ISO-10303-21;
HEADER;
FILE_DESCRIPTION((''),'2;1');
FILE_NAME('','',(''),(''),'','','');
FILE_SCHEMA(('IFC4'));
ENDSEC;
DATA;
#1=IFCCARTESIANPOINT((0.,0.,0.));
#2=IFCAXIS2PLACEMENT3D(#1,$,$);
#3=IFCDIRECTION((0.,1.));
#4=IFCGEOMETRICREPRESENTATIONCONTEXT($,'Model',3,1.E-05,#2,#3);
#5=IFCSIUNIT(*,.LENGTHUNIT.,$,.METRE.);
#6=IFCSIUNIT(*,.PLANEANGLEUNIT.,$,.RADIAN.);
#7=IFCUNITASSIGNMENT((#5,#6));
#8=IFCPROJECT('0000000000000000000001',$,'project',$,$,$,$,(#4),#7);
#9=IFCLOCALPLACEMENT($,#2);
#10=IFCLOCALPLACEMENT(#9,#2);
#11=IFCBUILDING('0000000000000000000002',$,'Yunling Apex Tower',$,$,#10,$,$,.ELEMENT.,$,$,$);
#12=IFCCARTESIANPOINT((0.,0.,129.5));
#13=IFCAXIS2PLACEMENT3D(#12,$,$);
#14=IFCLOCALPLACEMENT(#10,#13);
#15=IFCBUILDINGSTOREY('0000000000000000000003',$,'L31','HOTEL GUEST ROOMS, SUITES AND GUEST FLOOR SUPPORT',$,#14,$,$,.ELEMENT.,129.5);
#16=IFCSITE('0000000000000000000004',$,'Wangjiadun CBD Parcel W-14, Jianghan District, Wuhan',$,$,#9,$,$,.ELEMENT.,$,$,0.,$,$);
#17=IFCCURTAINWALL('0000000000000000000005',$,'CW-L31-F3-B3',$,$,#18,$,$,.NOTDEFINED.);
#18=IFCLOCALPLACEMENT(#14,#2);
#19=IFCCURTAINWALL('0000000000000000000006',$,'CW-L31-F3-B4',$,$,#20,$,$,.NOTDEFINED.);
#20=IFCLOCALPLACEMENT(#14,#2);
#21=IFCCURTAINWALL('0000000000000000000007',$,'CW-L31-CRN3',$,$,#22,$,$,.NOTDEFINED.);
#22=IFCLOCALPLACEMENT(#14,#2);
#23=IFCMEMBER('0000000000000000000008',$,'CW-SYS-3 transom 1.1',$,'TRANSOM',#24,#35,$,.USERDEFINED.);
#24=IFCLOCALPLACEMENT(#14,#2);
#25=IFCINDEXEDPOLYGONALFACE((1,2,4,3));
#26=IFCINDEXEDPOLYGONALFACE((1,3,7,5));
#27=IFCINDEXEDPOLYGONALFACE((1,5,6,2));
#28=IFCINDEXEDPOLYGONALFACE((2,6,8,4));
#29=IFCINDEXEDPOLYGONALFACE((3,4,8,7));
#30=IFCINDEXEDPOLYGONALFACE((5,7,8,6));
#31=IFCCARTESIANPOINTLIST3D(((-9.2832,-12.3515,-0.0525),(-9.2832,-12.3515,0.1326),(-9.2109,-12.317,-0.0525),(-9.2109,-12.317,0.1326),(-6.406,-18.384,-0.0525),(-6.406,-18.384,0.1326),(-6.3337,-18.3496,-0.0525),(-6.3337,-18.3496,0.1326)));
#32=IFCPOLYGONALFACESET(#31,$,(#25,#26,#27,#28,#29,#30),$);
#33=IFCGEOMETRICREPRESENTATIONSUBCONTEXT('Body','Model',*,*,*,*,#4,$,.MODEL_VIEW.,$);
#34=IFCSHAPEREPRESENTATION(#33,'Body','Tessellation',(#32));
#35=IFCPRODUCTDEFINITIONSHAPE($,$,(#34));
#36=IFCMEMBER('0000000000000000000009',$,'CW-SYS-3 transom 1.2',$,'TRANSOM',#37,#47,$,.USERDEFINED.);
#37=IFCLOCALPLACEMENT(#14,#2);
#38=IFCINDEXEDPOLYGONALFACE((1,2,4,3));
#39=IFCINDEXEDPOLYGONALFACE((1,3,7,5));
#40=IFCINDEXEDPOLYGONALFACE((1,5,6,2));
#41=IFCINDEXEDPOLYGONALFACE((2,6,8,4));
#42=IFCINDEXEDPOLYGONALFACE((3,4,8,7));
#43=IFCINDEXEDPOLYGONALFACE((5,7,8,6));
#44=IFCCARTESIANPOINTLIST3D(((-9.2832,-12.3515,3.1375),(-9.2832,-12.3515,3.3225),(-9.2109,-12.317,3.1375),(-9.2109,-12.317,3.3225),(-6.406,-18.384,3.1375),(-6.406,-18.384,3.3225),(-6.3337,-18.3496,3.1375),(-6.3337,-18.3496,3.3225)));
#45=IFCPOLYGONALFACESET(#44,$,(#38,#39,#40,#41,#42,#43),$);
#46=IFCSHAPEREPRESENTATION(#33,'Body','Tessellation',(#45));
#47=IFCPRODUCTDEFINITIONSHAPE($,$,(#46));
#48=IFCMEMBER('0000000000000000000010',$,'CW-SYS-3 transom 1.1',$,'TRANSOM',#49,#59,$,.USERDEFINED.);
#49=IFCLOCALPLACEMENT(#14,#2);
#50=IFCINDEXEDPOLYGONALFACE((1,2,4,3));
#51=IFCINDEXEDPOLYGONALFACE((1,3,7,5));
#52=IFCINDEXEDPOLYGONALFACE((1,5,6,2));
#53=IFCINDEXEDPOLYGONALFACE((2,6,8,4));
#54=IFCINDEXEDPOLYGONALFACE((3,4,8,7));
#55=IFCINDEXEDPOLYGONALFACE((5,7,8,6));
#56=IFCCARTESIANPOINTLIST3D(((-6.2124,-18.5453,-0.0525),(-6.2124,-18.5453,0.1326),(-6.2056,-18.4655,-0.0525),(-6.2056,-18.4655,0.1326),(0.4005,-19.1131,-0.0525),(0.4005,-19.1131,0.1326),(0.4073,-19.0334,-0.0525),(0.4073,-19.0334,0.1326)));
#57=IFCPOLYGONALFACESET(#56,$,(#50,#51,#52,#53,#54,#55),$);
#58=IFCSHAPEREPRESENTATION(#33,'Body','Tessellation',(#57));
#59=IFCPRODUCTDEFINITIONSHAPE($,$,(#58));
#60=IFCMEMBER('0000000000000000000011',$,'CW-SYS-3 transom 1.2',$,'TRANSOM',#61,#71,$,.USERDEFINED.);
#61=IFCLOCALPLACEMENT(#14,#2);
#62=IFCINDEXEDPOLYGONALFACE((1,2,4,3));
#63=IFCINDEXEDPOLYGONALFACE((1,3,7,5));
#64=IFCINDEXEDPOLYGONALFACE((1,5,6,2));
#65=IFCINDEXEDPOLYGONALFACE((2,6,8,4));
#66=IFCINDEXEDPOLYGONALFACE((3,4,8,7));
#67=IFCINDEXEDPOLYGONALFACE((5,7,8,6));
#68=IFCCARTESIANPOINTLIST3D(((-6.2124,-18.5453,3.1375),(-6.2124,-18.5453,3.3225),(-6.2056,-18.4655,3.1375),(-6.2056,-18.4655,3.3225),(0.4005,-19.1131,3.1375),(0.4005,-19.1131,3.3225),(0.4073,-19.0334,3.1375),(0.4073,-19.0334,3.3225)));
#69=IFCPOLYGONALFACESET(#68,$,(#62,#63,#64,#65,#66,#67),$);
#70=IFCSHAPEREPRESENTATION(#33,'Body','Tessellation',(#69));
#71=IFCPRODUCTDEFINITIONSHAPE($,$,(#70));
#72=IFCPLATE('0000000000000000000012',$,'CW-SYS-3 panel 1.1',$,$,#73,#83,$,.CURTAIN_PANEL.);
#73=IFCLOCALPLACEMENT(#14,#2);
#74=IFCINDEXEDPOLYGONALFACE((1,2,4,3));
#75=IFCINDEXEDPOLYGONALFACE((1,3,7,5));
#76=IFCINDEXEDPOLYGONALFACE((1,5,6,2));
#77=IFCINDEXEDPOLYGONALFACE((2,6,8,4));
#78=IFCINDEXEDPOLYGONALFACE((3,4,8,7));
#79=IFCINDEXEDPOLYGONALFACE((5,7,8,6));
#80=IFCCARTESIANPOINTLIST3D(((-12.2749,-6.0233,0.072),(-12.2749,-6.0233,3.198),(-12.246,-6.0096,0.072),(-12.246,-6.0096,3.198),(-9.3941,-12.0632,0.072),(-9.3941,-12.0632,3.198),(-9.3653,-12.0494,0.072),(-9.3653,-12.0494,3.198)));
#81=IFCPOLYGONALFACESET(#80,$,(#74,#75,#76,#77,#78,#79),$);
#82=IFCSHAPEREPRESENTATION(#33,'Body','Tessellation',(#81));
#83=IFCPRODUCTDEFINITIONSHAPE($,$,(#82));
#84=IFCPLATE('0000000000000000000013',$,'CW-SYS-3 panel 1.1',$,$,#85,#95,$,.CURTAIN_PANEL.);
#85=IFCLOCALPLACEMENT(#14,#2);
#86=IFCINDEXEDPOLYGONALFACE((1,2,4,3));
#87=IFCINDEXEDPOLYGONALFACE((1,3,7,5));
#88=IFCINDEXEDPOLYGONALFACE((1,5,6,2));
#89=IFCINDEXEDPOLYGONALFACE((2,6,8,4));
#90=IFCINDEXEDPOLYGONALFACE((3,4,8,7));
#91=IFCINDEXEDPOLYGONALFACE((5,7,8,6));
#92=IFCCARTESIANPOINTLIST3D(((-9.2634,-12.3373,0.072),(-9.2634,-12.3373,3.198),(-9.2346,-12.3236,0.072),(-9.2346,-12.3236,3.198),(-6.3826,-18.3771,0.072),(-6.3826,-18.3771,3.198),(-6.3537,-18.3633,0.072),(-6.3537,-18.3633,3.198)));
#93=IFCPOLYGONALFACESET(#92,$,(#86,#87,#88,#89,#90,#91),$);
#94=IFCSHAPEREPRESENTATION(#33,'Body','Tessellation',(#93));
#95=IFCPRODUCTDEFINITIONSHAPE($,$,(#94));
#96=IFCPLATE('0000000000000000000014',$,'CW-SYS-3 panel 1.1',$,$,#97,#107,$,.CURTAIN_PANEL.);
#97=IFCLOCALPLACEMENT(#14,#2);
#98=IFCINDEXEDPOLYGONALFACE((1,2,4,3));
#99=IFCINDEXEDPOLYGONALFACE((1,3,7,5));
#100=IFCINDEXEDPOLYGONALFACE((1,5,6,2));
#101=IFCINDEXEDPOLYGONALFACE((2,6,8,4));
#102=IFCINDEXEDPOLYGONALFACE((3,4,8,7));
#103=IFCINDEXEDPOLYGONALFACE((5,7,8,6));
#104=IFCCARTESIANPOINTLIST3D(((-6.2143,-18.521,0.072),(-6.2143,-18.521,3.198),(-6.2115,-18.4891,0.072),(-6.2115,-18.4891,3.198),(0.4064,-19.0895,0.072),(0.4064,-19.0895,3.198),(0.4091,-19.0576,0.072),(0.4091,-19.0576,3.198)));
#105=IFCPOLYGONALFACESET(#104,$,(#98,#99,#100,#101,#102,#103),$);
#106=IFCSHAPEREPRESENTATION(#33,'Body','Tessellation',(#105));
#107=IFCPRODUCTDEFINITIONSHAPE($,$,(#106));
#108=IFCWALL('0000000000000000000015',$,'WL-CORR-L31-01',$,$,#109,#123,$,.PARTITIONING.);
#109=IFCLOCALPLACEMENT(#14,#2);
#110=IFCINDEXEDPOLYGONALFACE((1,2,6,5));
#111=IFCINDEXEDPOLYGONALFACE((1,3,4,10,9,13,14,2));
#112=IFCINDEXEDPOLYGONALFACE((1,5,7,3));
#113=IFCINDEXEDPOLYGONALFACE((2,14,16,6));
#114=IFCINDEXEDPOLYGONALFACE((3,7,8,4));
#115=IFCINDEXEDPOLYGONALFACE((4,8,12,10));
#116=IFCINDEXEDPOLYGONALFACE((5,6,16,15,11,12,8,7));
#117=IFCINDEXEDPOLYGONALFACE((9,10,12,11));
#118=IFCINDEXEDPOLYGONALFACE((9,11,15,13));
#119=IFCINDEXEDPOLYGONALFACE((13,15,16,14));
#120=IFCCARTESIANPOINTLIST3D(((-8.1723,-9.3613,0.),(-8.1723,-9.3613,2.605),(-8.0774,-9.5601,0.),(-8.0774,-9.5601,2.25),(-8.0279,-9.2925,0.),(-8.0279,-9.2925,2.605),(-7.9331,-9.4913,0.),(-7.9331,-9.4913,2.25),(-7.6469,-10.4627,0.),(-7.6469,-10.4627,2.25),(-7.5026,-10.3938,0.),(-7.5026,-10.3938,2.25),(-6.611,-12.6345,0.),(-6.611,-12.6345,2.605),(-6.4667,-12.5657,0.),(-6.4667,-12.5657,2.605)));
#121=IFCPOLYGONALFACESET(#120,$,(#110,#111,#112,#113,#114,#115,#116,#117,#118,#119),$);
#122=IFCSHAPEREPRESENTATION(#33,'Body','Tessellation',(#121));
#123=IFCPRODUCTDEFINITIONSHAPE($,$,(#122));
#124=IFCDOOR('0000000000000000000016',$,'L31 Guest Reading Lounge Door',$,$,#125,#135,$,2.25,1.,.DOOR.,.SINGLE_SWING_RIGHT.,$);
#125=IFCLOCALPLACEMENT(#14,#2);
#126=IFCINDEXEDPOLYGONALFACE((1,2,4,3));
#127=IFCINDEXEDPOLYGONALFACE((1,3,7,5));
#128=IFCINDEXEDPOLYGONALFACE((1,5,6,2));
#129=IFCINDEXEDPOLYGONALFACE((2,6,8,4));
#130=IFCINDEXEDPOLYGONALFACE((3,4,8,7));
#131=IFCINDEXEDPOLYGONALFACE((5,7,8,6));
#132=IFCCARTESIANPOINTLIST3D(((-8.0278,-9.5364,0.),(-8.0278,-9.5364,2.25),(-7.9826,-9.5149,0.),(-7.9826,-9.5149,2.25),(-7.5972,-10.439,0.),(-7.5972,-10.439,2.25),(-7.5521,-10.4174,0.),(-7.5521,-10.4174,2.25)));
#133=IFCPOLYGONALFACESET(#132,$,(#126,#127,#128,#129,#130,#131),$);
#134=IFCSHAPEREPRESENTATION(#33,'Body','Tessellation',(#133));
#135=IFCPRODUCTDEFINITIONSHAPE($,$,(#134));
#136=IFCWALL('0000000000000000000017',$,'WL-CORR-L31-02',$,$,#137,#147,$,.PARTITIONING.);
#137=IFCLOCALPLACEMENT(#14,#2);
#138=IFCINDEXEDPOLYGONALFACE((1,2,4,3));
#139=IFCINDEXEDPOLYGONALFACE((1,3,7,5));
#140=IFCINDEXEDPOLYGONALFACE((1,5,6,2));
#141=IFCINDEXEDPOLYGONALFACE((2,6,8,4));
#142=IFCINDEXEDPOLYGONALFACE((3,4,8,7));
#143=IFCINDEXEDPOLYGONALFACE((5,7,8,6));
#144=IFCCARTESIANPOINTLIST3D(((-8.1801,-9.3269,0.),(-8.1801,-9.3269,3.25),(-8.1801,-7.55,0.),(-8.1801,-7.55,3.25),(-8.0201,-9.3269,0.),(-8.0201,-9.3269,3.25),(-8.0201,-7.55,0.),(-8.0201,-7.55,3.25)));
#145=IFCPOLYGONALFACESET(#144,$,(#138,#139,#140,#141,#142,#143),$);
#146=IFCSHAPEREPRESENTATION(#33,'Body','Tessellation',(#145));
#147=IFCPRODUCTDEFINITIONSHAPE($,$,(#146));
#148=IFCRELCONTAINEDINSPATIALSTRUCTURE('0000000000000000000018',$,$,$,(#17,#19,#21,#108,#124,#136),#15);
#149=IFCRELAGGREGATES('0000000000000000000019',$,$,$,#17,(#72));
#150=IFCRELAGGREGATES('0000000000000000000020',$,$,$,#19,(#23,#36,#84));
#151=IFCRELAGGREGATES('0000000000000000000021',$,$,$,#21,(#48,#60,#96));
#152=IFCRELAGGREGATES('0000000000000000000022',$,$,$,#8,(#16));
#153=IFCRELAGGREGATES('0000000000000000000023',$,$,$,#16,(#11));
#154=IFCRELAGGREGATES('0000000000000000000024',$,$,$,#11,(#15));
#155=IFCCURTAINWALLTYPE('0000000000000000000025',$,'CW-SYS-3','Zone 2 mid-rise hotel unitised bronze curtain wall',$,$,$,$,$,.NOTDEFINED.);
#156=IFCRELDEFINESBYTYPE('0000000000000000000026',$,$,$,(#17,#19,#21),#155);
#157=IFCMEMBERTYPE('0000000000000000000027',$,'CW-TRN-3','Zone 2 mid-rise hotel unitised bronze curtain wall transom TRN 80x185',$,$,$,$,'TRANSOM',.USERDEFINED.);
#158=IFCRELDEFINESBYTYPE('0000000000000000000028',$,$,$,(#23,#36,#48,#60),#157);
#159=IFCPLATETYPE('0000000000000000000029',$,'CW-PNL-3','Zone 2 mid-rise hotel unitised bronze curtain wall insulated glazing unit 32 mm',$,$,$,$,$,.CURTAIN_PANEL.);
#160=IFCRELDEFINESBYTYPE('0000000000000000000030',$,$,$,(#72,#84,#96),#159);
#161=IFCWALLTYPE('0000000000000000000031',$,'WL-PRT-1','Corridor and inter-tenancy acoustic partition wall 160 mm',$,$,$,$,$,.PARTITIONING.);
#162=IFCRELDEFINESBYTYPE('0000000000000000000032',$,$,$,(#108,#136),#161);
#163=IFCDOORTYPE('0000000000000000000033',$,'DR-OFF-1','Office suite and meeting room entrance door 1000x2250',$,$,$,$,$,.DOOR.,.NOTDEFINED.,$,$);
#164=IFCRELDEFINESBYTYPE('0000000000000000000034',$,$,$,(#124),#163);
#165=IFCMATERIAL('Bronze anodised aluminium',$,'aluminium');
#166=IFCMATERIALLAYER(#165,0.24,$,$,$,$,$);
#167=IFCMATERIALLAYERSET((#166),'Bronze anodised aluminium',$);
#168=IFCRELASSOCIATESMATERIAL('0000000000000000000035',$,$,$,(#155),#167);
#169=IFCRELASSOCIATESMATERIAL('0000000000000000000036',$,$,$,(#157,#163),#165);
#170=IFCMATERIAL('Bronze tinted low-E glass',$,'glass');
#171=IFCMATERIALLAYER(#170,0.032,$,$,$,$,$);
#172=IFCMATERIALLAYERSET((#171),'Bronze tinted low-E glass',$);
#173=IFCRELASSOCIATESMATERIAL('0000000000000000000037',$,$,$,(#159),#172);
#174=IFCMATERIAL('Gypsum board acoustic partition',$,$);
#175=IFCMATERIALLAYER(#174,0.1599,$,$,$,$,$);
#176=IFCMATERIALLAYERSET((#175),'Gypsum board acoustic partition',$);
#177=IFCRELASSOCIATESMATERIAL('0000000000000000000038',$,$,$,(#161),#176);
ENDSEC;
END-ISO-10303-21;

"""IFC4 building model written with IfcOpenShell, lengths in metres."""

from ifc_helpers import new_model, si_unit, direction, frame, frame_2d, origin, origin_2d, place, context, subcontext, project, spatial, rectangle, extrude, source, transform, mapped, material, layer, layer_set, material_profile, profile_set, type_object, element, fill, aggregate, save


model = new_model("IFC4")

# Units and contexts
model_context = context("Model", 3, precision=1e-05, world=origin(), true_north=direction((0.0, 1.0)))
body_context = subcontext(model_context, "Body", "Model", "MODEL_VIEW")
ifc_project = project(units=[si_unit("LENGTHUNIT", "METRE"), si_unit("PLANEANGLEUNIT", "RADIAN")], contexts=[model_context])

# Site, building, storey
site_placement = place(None, origin())
site = spatial("IfcSite", under=ifc_project, at=site_placement, Name="Wangjiadun CBD Parcel W-14, Jianghan District, Wuhan", CompositionType="ELEMENT", RefElevation=0.0)
building_placement = place(site_placement, origin())
building = spatial("IfcBuilding", under=site, at=building_placement, Name="Yunling Apex Tower", CompositionType="ELEMENT")
storey_placement = place(building_placement, frame((0.0, 0.0, 129.5)))
storey = spatial("IfcBuildingStorey", under=building, at=storey_placement, Name="L31", Description="HOTEL GUEST ROOMS, SUITES AND GUEST FLOOR SUPPORT", CompositionType="ELEMENT", Elevation=129.5)

# Curtain walls
ifc_material_1 = material(Name="Bronze anodised aluminium", Category="aluminium")
ifc_layer_1 = layer(ifc_material_1, 0.24)
ifc_layer_set_1 = layer_set([ifc_layer_1], Name="Bronze anodised aluminium")
curtain_wall_type = type_object("IfcCurtainWallType", Name="CW-SYS-3", Description="Zone 2 mid-rise hotel unitised bronze curtain wall", PredefinedType="NOTDEFINED", material=ifc_layer_set_1)
curtain_wall_1_placement = place(storey_placement, origin())
curtain_wall_1 = element("IfcCurtainWall", 1, at=curtain_wall_1_placement, inside=storey, type_object=curtain_wall_type, Name="CW-L31-F3-B3", PredefinedType="NOTDEFINED")
curtain_wall_2_placement = place(storey_placement, origin())
curtain_wall_2 = element("IfcCurtainWall", 2, at=curtain_wall_2_placement, inside=storey, type_object=curtain_wall_type, Name="CW-L31-F3-B4", PredefinedType="NOTDEFINED")

# Curtain wall
curtain_wall_3_placement = place(storey_placement, origin())
curtain_wall_3 = element("IfcCurtainWall", 3, at=curtain_wall_3_placement, inside=storey, type_object=curtain_wall_type, Name="CW-L31-CRN3", PredefinedType="NOTDEFINED")

# Members
ifc_material_profile_1 = material_profile(ifc_material_1, rectangle(XDim=0.0801, YDim=0.1851, at=origin_2d()))
ifc_profile_set_1 = profile_set([ifc_material_profile_1], Name="Bronze anodised aluminium")
member_type_1 = type_object("IfcMemberType", Name="CW-TRN-3", Description="Zone 2 mid-rise hotel unitised bronze curtain wall transom TRN 80x185", ElementType="TRANSOM", PredefinedType="USERDEFINED", material=ifc_profile_set_1)
shared_shape_1 = source(origin(), body_context, "Body", "SweptSolid", [
    extrude(rectangle(XDim=0.0801, YDim=0.1851, at=origin_2d()), origin(), (0.0, 0.0, 1.0), 6.6836),
])
member_1_placement = place(storey_placement, frame((-9.2471, -12.3342, 0.04), z_axis=(0.430494, -0.902594, 0.0), x_axis=(0.902594, 0.430494, 0.0)))
member_1 = element("IfcMember", 4, at=member_1_placement, type_object=member_type_1, Name="CW-SYS-3 transom 1.1", ObjectType="TRANSOM", PredefinedType="USERDEFINED", context=body_context, shape_type="MappedRepresentation", body=[
    mapped(shared_shape_1, transform((0.0, 0.0, 0.0), scale=1.0)),
])
member_2_placement = place(storey_placement, frame((-9.2471, -12.3342, 3.23), z_axis=(0.430494, -0.902594, 0.0), x_axis=(0.902594, 0.430494, 0.0)))
member_2 = element("IfcMember", 5, at=member_2_placement, type_object=member_type_1, Name="CW-SYS-3 transom 1.2", ObjectType="TRANSOM", PredefinedType="USERDEFINED", context=body_context, shape_type="MappedRepresentation", body=[
    mapped(shared_shape_1, transform((0.0, 0.0, 0.0), scale=1.0)),
])
shared_shape_2 = source(origin(), body_context, "Body", "SweptSolid", [
    extrude(rectangle(XDim=0.0801, YDim=0.1851, at=origin_2d()), origin(), (0.0, 0.0, 1.0), 6.6372),
])
member_3_placement = place(storey_placement, frame((-6.209, -18.5054, 0.04), z_axis=(0.996333, -0.08556, 0.0), x_axis=(0.08556, 0.996333, 0.0)))
member_3 = element("IfcMember", 6, at=member_3_placement, type_object=member_type_1, Name="CW-SYS-3 transom 1.1", ObjectType="TRANSOM", PredefinedType="USERDEFINED", context=body_context, shape_type="MappedRepresentation", body=[
    mapped(shared_shape_2, transform((0.0, 0.0, 0.0), scale=1.0)),
])
member_4_placement = place(storey_placement, frame((-6.209, -18.5054, 3.23), z_axis=(0.996333, -0.08556, 0.0), x_axis=(0.08556, 0.996333, 0.0)))
member_4 = element("IfcMember", 7, at=member_4_placement, type_object=member_type_1, Name="CW-SYS-3 transom 1.2", ObjectType="TRANSOM", PredefinedType="USERDEFINED", context=body_context, shape_type="MappedRepresentation", body=[
    mapped(shared_shape_2, transform((0.0, 0.0, 0.0), scale=1.0)),
])

# Plates
ifc_material_2 = material(Name="Bronze tinted low-E glass", Category="glass")
ifc_layer_2 = layer(ifc_material_2, 0.032)
ifc_layer_set_2 = layer_set([ifc_layer_2], Name="Bronze tinted low-E glass")
plate_type = type_object("IfcPlateType", Name="CW-PNL-3", Description="Zone 2 mid-rise hotel unitised bronze curtain wall insulated glazing unit 32 mm", PredefinedType="CURTAIN_PANEL", material=ifc_layer_set_2)
shared_shape_3 = source(origin(), body_context, "Body", "SweptSolid", [
    extrude(rectangle(XDim=6.6917, YDim=0.032, at=origin_2d()), origin(), (0.0, 0.0, 1.0), 3.126),
])
plate_1_placement = place(storey_placement, frame((-10.8201, -9.0364, 0.072), z_axis=(0.0, 0.0, 1.0), x_axis=(0.430494, -0.902593, 0.0)))
plate_1 = element("IfcPlate", 8, at=plate_1_placement, type_object=plate_type, Name="CW-SYS-3 panel 1.1", PredefinedType="CURTAIN_PANEL", context=body_context, shape_type="MappedRepresentation", body=[
    mapped(shared_shape_3, transform((0.0, 0.0, 0.0), scale=1.0)),
])
aggregate(curtain_wall_1, [plate_1])
plate_2_placement = place(storey_placement, frame((-7.8086, -15.3503, 0.072), z_axis=(0.0, 0.0, 1.0), x_axis=(0.430512, -0.902585, 0.0)))
plate_2 = element("IfcPlate", 9, at=plate_2_placement, type_object=plate_type, Name="CW-SYS-3 panel 1.1", PredefinedType="CURTAIN_PANEL", context=body_context, shape_type="MappedRepresentation", body=[
    mapped(shared_shape_3, transform((0.0, 0.0, 0.0), scale=1.0)),
])
aggregate(curtain_wall_2, [member_1, member_2, plate_2])
shared_shape_4 = source(origin(), body_context, "Body", "SweptSolid", [
    extrude(rectangle(XDim=6.645, YDim=0.032, at=origin_2d()), origin(), (0.0, 0.0, 1.0), 3.126),
])
plate_3_placement = place(storey_placement, frame((-2.9026, -18.7893, 0.072), z_axis=(0.0, 0.0, 1.0), x_axis=(0.996334, -0.08555, 0.0)))
plate_3 = element("IfcPlate", 10, at=plate_3_placement, type_object=plate_type, Name="CW-SYS-3 panel 1.1", PredefinedType="CURTAIN_PANEL", context=body_context, shape_type="MappedRepresentation", body=[
    mapped(shared_shape_4, transform((0.0, 0.0, 0.0), scale=1.0)),
])
aggregate(curtain_wall_3, [member_3, member_4, plate_3])

# Wall, opening, door
ifc_material_3 = material(Name="Gypsum board acoustic partition")
ifc_layer_3 = layer(ifc_material_3, 0.1599)
ifc_layer_set_3 = layer_set([ifc_layer_3], Name="Gypsum board acoustic partition")
wall_type_1 = type_object("IfcWallType", Name="WL-PRT-1", Description="Corridor and inter-tenancy acoustic partition wall 160 mm", PredefinedType="PARTITIONING", material=ifc_layer_set_3)
wall_1_placement = place(storey_placement, frame((-6.5388, -12.6001, 0.0), z_axis=(0.0, 0.0, 1.0), x_axis=(-0.430521, 0.90258, 0.0)))
wall_1 = element("IfcWall", 11, at=wall_1_placement, inside=storey, type_object=wall_type_1, Name="WL-CORR-L31-01", PredefinedType="PARTITIONING", context=body_context, shape_type="SweptSolid", body=[
    extrude(rectangle(XDim=3.6265, YDim=0.1599, at=frame_2d((1.8132, 0.0))), origin(), (0.0, 0.0, 1.0), 2.605),
])
opening_1_placement = place(wall_1_placement, frame((2.4062, 0.0, 0.0)))
opening_1 = element("IfcOpeningElement", 12, at=opening_1_placement, cuts=wall_1, PredefinedType="OPENING", context=body_context, shape_type="SweptSolid", body=[
    extrude(rectangle(XDim=1.0, YDim=2.25, at=frame_2d((0.5, 1.125))), frame((0.0, 0.0898, 0.0), z_axis=(0.0, -1.0, 0.0), x_axis=(1.0, 0.0, 0.0)), (0.0, 0.0, 1.0), 0.1799),
])
door_type_1 = type_object("IfcDoorType", Name="DR-OFF-1", Description="Office suite and meeting room entrance door 1000x2250", OperationType="NOTDEFINED", PredefinedType="DOOR", material=ifc_material_1)
door_1_placement = place(opening_1_placement, origin())
door_1 = element("IfcDoor", 13, at=door_1_placement, inside=storey, type_object=door_type_1, Name="L31 Guest Reading Lounge Door", OperationType="SINGLE_SWING_RIGHT", OverallHeight=2.25, OverallWidth=1.0, PredefinedType="DOOR", context=body_context, shape_type="SweptSolid", body=[
    extrude(rectangle(XDim=1.0, YDim=2.25, at=frame_2d((0.5, 1.125))), frame((0.0, 0.0249, 0.0), z_axis=(0.0, -1.0, 0.0), x_axis=(1.0, 0.0, 0.0)), (0.0, 0.0, 1.0), 0.05),
])
fill(opening_1, door_1)

# Wall
wall_2_placement = place(storey_placement, frame((-8.1001, -9.3269, 0.0), z_axis=(0.0, 0.0, 1.0), x_axis=(0.0, 1.0, 0.0)))
element("IfcWall", 14, at=wall_2_placement, inside=storey, type_object=wall_type_1, Name="WL-CORR-L31-02", PredefinedType="PARTITIONING", context=body_context, shape_type="SweptSolid", body=[
    extrude(rectangle(XDim=1.7769, YDim=0.1599, at=frame_2d((0.8884, 0.0))), origin(), (0.0, 0.0, 1.0), 3.25),
])

save(model, "model.ifc")
